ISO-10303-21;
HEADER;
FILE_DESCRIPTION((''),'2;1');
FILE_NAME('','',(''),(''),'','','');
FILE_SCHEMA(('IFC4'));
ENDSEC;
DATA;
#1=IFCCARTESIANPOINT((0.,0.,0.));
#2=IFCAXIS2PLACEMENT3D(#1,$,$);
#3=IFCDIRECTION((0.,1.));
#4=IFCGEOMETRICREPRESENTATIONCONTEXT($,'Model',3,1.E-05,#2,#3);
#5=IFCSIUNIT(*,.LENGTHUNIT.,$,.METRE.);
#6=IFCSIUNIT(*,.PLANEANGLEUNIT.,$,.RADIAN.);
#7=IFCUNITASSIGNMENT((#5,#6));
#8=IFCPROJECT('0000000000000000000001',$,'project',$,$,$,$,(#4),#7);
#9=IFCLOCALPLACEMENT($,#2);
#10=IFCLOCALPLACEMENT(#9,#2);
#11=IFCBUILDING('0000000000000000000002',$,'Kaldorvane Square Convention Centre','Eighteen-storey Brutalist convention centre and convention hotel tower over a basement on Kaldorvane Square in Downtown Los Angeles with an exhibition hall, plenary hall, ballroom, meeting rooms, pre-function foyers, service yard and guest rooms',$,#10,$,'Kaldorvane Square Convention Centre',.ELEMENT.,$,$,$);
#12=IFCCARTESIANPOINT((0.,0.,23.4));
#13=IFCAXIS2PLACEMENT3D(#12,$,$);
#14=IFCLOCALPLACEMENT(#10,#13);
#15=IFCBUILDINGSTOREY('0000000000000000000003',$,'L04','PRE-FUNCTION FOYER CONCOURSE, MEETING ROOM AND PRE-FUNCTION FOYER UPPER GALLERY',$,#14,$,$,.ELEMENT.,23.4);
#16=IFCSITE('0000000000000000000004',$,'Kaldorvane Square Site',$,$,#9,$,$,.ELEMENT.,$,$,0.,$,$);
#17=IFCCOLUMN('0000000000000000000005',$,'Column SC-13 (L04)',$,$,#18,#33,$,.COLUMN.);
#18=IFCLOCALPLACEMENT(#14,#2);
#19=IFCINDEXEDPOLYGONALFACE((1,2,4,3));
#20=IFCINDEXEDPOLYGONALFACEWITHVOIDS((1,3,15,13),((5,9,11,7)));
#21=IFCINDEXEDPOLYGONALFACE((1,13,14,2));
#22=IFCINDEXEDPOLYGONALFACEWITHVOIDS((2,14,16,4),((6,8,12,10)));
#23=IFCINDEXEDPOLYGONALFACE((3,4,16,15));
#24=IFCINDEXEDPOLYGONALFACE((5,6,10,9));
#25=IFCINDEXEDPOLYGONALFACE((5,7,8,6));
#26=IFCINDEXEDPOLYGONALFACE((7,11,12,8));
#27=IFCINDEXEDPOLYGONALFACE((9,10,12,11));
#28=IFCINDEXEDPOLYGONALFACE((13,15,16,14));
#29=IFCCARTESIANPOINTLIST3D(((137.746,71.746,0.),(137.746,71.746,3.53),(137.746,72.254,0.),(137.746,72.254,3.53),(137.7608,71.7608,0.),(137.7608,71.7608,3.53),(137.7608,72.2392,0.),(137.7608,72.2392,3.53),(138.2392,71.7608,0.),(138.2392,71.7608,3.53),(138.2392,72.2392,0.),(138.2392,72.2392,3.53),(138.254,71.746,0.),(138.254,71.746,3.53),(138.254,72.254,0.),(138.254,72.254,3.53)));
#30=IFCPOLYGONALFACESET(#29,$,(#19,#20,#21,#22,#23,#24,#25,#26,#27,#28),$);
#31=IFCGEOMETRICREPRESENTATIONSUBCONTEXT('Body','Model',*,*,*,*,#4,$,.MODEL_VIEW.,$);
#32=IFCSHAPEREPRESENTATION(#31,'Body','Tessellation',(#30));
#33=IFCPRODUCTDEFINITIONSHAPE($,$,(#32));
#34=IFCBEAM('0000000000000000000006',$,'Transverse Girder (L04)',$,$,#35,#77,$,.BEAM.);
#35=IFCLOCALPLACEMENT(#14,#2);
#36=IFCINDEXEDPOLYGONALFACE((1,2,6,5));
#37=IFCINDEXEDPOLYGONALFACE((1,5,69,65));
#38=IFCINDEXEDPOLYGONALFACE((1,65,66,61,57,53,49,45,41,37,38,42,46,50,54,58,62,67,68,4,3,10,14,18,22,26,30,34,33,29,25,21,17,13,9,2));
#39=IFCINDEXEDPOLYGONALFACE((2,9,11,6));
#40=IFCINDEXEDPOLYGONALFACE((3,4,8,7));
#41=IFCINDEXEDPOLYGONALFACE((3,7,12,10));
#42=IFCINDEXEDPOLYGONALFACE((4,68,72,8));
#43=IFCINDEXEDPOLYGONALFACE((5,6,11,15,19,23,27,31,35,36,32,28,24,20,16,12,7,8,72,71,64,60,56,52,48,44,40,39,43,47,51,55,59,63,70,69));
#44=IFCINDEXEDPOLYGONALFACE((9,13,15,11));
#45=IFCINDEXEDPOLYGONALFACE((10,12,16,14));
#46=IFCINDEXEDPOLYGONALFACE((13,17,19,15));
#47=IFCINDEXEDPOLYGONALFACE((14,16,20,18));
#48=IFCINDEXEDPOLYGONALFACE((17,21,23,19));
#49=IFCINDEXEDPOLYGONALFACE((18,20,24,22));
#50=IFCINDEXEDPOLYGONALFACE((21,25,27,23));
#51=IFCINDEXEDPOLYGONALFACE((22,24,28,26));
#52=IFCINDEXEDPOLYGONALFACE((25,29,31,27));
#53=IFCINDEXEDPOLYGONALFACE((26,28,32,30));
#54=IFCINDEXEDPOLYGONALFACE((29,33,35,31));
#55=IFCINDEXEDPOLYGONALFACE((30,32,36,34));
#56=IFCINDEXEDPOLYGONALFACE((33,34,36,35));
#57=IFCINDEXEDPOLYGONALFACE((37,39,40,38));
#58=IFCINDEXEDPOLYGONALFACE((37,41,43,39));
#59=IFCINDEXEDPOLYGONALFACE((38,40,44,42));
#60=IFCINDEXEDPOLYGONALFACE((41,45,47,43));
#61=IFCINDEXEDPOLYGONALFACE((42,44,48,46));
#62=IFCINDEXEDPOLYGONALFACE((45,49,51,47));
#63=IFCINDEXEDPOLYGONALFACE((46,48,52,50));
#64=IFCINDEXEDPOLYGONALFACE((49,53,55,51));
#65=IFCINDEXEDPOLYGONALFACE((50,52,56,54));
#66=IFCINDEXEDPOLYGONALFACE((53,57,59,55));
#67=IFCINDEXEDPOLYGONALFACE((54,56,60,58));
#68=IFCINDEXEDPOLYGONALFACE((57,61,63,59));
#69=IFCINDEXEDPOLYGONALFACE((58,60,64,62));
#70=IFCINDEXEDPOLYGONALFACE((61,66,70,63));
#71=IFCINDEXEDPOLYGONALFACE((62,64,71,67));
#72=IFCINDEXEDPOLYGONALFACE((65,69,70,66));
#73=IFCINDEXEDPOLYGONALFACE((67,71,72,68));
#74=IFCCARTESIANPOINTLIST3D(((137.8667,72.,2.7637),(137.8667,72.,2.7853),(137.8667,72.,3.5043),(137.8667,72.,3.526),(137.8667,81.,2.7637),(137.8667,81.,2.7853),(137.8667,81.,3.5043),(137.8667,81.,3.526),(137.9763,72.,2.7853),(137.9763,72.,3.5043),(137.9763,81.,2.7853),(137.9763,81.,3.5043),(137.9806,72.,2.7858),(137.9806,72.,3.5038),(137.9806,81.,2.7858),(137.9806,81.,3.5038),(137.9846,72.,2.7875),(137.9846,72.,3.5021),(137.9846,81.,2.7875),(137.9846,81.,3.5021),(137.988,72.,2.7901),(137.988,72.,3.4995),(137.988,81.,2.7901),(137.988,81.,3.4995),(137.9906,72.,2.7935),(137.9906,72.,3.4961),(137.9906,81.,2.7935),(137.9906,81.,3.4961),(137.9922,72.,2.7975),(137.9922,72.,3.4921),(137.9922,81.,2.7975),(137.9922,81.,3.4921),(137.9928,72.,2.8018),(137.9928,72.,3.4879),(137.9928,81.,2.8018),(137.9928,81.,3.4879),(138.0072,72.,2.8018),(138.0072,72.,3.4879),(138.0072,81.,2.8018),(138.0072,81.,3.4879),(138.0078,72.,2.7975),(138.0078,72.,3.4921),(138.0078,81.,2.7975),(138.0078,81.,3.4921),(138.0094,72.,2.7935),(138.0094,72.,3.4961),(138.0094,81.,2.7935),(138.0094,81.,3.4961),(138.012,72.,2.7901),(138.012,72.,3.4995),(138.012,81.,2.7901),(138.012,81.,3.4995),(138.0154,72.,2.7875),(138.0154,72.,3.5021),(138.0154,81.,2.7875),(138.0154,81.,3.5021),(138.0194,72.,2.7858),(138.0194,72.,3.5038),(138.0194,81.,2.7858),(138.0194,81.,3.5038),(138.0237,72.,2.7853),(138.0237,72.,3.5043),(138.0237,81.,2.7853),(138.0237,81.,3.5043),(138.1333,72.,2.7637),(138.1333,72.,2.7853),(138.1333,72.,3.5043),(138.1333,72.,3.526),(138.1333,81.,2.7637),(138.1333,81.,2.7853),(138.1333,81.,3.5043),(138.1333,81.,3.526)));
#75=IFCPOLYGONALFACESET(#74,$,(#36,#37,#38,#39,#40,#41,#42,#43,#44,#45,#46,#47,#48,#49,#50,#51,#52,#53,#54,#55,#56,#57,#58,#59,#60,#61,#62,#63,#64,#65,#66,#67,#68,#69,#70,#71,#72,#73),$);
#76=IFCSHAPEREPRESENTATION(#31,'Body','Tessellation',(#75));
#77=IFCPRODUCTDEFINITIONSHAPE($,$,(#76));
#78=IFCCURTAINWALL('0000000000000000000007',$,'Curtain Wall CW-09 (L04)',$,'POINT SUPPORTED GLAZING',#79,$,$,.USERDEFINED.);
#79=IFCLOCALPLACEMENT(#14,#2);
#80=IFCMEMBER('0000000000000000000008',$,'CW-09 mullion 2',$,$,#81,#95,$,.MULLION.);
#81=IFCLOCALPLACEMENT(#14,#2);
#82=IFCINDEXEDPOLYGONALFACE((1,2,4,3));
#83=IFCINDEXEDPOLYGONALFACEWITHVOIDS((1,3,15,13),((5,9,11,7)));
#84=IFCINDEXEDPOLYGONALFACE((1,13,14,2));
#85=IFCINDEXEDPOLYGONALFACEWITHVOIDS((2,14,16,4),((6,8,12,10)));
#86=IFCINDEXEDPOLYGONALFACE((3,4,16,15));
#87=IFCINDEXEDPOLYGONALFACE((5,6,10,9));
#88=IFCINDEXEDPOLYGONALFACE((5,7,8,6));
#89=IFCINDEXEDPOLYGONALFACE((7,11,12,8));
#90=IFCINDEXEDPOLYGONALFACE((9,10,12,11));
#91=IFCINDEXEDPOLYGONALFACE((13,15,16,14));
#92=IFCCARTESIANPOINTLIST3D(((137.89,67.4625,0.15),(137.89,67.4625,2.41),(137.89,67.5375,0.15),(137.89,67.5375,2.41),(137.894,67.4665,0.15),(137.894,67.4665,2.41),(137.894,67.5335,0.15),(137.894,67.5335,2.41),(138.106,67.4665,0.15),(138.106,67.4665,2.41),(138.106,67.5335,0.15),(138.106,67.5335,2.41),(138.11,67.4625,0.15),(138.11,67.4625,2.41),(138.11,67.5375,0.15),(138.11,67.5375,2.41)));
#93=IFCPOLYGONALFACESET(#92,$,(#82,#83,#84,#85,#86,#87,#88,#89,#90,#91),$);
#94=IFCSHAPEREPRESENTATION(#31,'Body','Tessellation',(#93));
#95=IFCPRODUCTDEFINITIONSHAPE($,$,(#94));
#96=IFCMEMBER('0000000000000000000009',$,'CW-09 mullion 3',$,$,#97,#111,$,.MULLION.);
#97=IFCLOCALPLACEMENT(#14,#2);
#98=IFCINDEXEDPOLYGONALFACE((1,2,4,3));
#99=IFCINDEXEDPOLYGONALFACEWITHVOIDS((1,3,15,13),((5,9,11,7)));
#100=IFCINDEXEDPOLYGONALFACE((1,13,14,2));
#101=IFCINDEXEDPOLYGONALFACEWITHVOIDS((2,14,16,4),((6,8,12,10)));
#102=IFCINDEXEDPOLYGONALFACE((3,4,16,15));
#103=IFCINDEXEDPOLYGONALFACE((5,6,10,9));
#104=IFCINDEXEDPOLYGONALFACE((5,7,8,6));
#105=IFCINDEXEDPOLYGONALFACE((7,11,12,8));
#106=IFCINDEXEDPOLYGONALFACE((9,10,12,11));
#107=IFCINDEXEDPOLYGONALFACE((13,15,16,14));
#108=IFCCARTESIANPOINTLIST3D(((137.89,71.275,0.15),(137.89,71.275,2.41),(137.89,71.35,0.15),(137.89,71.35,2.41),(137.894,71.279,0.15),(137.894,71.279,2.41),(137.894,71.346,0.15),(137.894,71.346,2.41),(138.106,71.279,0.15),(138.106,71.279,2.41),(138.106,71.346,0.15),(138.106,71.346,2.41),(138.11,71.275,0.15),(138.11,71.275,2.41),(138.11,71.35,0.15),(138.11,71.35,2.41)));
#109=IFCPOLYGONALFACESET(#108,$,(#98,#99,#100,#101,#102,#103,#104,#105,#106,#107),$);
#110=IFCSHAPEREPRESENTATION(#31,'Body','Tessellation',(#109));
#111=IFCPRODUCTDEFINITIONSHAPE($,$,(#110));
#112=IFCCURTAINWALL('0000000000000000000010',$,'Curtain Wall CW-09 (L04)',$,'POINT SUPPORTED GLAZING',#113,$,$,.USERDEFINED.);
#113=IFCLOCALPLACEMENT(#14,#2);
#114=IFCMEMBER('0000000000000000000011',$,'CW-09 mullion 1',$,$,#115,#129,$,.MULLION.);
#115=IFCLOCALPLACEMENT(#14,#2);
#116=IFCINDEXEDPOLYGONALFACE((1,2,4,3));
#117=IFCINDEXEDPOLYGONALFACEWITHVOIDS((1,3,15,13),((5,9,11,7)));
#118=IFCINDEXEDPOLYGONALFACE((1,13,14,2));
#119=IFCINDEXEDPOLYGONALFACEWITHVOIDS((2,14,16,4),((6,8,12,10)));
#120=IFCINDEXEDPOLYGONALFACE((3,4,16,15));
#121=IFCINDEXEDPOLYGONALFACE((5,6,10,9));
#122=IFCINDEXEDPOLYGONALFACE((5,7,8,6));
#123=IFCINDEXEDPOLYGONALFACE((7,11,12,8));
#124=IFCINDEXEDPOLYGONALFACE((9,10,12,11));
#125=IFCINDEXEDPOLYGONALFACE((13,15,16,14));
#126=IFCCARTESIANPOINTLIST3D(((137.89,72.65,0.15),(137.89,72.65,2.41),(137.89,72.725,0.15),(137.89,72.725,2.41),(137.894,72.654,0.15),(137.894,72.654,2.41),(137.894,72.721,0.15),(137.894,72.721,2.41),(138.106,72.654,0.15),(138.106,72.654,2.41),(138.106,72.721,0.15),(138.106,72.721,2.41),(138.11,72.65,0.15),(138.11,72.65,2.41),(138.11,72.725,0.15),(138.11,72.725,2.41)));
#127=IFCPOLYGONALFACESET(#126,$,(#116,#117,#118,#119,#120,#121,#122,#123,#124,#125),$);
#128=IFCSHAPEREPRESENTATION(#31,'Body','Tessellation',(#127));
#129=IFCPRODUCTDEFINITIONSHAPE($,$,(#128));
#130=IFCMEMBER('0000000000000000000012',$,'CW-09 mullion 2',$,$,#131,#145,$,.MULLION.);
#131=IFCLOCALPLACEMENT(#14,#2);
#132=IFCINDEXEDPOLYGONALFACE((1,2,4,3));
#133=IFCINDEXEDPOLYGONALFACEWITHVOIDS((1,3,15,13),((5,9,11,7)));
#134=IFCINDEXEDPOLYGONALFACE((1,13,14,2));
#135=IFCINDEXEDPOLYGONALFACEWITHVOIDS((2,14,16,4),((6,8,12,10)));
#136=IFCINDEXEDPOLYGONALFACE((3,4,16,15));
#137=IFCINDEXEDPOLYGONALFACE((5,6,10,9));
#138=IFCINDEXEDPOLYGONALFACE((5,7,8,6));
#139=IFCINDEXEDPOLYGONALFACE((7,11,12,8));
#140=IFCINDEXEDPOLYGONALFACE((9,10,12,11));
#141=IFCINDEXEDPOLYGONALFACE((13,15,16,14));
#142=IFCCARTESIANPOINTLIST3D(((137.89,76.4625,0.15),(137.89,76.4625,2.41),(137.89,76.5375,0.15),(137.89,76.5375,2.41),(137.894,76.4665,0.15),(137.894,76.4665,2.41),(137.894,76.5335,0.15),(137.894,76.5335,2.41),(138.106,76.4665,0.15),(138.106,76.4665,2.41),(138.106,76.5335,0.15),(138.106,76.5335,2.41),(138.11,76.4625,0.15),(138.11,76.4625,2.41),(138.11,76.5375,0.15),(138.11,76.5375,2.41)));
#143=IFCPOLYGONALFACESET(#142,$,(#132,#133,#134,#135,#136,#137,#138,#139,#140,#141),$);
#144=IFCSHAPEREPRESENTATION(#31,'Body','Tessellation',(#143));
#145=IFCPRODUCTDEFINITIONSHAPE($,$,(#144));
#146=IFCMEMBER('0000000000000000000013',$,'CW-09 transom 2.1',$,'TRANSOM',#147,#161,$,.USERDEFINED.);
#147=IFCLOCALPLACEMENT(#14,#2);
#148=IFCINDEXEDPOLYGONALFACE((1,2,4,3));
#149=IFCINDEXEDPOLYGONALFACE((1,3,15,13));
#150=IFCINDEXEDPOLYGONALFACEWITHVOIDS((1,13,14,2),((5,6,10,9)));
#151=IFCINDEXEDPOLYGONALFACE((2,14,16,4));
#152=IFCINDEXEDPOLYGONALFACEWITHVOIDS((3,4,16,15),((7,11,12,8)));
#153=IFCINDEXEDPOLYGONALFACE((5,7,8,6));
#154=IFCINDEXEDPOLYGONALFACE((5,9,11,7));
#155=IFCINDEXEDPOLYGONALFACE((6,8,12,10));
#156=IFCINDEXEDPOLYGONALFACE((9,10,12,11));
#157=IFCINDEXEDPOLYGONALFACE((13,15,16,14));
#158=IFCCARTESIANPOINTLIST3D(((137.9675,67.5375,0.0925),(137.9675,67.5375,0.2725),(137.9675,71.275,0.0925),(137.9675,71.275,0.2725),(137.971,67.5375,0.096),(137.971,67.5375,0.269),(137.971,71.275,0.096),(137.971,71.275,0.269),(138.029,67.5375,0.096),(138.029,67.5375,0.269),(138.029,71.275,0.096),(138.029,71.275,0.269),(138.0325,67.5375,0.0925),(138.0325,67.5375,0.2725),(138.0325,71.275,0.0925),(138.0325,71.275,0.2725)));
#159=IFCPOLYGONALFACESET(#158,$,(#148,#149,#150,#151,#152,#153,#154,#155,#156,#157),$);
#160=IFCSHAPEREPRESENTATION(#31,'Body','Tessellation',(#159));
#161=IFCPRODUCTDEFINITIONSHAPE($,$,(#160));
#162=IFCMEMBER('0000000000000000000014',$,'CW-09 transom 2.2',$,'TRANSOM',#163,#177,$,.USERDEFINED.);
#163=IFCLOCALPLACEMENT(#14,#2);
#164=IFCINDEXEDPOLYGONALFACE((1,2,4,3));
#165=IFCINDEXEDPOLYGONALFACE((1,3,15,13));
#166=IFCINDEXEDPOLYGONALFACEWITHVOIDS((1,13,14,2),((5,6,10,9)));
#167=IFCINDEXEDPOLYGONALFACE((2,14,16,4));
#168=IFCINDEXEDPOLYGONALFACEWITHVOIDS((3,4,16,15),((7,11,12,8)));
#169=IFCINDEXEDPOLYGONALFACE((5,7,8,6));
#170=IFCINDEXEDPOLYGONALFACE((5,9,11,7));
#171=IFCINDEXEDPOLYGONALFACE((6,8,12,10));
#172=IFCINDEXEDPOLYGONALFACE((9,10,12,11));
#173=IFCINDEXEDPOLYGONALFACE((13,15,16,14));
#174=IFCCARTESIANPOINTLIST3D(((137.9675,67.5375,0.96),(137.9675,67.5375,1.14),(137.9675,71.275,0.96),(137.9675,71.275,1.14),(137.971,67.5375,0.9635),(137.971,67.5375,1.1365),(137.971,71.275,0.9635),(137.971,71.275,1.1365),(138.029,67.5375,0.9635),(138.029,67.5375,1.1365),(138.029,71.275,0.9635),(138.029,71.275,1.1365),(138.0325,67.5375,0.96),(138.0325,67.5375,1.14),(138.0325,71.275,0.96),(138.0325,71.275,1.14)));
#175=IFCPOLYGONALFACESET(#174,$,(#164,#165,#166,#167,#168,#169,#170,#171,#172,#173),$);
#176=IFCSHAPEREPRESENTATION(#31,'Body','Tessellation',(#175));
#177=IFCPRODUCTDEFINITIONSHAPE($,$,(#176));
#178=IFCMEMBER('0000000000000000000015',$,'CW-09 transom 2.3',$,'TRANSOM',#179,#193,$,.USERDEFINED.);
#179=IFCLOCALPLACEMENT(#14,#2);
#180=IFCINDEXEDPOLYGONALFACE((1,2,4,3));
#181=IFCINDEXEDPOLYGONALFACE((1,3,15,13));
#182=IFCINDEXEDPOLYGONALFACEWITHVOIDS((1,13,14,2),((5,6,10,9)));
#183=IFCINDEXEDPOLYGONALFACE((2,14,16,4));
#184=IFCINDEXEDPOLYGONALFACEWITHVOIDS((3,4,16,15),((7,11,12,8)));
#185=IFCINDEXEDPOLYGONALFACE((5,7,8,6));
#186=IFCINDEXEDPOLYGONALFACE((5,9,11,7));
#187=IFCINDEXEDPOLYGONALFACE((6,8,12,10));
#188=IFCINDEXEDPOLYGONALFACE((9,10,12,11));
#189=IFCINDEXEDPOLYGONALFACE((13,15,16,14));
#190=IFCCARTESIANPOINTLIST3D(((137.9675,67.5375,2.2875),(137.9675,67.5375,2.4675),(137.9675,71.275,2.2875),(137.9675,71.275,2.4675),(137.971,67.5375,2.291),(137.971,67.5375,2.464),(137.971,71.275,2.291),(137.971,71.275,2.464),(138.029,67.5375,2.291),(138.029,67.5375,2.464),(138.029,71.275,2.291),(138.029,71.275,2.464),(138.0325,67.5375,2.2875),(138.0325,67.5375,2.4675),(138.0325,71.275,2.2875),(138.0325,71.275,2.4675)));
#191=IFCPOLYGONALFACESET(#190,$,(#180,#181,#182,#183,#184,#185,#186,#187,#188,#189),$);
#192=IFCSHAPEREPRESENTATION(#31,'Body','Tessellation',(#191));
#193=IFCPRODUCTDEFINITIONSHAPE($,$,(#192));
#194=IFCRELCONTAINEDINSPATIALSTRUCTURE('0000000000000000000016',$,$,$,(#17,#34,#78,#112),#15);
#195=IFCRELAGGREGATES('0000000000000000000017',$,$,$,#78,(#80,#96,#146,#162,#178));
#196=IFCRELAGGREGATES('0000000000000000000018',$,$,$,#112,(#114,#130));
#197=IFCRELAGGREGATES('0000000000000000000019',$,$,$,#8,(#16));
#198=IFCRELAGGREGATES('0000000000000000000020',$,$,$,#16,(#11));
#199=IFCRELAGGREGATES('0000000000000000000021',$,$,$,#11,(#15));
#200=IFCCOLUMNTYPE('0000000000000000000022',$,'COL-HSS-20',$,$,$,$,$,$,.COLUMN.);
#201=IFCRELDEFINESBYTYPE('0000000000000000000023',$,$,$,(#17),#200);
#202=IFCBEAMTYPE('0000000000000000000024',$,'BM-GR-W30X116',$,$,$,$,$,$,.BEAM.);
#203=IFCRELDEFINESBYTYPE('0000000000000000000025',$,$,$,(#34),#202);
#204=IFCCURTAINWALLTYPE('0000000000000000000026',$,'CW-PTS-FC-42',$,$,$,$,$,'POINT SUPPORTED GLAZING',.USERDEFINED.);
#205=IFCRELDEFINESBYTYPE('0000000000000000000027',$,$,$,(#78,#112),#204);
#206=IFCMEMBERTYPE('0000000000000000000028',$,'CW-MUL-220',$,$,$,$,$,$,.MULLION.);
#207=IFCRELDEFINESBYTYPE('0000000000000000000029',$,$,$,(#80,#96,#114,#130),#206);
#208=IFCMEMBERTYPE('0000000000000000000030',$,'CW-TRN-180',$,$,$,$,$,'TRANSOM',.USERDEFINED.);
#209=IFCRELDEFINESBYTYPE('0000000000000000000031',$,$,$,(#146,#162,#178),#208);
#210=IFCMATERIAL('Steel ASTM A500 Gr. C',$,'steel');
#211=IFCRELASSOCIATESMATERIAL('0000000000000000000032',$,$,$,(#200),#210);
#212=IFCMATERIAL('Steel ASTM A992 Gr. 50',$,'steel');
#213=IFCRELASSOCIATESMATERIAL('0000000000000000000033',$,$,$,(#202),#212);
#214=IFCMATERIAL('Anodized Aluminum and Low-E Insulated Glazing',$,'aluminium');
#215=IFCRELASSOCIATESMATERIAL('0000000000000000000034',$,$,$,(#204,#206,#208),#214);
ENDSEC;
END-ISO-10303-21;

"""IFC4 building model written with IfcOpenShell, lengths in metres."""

from ifc_helpers import new_model, si_unit, direction, frame, origin, origin_2d, place, context, subcontext, project, spatial, hollow_rectangle, i_section, extrude, material, material_profile, profile_set, type_object, element, aggregate, save


model = new_model("IFC4")

# Units and contexts
model_context = context("Model", 3, precision=1e-05, world=origin(), true_north=direction((0.0, 1.0)))
body_context = subcontext(model_context, "Body", "Model", "MODEL_VIEW")
ifc_project = project(units=[si_unit("LENGTHUNIT", "METRE"), si_unit("PLANEANGLEUNIT", "RADIAN")], contexts=[model_context])

# Site, building, storey
site_placement = place(None, origin())
site = spatial("IfcSite", under=ifc_project, at=site_placement, Name="Kaldorvane Square Site", CompositionType="ELEMENT", RefElevation=0.0)
building_placement = place(site_placement, origin())
building = spatial("IfcBuilding", under=site, at=building_placement, Name="Kaldorvane Square Convention Centre", Description="Eighteen-storey Brutalist convention centre and convention hotel tower over a basement on Kaldorvane Square in Downtown Los Angeles with an exhibition hall, plenary hall, ballroom, meeting rooms, pre-function foyers, service yard and guest rooms", LongName="Kaldorvane Square Convention Centre", CompositionType="ELEMENT")
storey_placement = place(building_placement, frame((0.0, 0.0, 23.4)))
storey = spatial("IfcBuildingStorey", under=building, at=storey_placement, Name="L04", Description="PRE-FUNCTION FOYER CONCOURSE, MEETING ROOM AND PRE-FUNCTION FOYER UPPER GALLERY", CompositionType="ELEMENT", Elevation=23.4)

# Column
ifc_material_1 = material(Name="Steel ASTM A500 Gr. C", Category="steel")
ifc_material_profile_1 = material_profile(ifc_material_1, hollow_rectangle(XDim=0.508, YDim=0.508, WallThickness=0.0148, at=origin_2d()), Name="HSS20X20X5/8")
ifc_profile_set_1 = profile_set([ifc_material_profile_1], Name="Steel ASTM A500 Gr. C")
column_type = type_object("IfcColumnType", Name="COL-HSS-20", PredefinedType="COLUMN", material=ifc_profile_set_1)
column_placement = place(storey_placement, frame((138.0, 72.0, 0.0), z_axis=(0.0, 0.0, 1.0), x_axis=(1.0, 0.0, 0.0)))
element("IfcColumn", 1, at=column_placement, inside=storey, type_object=column_type, Name="Column SC-13 (L04)", PredefinedType="COLUMN", context=body_context, shape_type="SweptSolid", body=[
    extrude(hollow_rectangle(XDim=0.508, YDim=0.508, WallThickness=0.0148, at=origin_2d()), origin(), (0.0, 0.0, 1.0), 3.53),
])

# Beam
ifc_material_2 = material(Name="Steel ASTM A992 Gr. 50", Category="steel")
ifc_material_profile_2 = material_profile(ifc_material_2, i_section(OverallWidth=0.2666, OverallDepth=0.7623, WebThickness=0.0144, FlangeThickness=0.0216, FilletRadius=0.0165, at=origin_2d()), Name="W30X116")
ifc_profile_set_2 = profile_set([ifc_material_profile_2], Name="Steel ASTM A992 Gr. 50")
beam_type = type_object("IfcBeamType", Name="BM-GR-W30X116", PredefinedType="BEAM", material=ifc_profile_set_2)
beam_placement = place(storey_placement, frame((138.0, 72.0, 3.1448), z_axis=(0.0, 1.0, 0.0), x_axis=(-1.0, 0.0, 0.0)))
element("IfcBeam", 2, at=beam_placement, inside=storey, type_object=beam_type, Name="Transverse Girder (L04)", PredefinedType="BEAM", context=body_context, shape_type="SweptSolid", body=[
    extrude(i_section(OverallWidth=0.2666, OverallDepth=0.7623, WebThickness=0.0144, FlangeThickness=0.0216, FilletRadius=0.0165, at=origin_2d()), origin(), (0.0, 0.0, 1.0), 9.0),
])

# Curtain walls, members
ifc_material_3 = material(Name="Anodized Aluminum and Low-E Insulated Glazing", Category="aluminium")
curtain_wall_type = type_object("IfcCurtainWallType", Name="CW-PTS-FC-42", ElementType="POINT SUPPORTED GLAZING", PredefinedType="USERDEFINED", material=ifc_material_3)
curtain_wall_1_placement = place(storey_placement, origin())
curtain_wall_1 = element("IfcCurtainWall", 3, at=curtain_wall_1_placement, inside=storey, type_object=curtain_wall_type, Name="Curtain Wall CW-09 (L04)", ObjectType="POINT SUPPORTED GLAZING", PredefinedType="USERDEFINED")
ifc_material_profile_3 = material_profile(ifc_material_3, hollow_rectangle(XDim=0.075, YDim=0.22, WallThickness=0.004, at=origin_2d()), Name="CWM-220X75")
ifc_profile_set_3 = profile_set([ifc_material_profile_3], Name="Anodized Aluminum and Low-E Insulated Glazing")
member_type_1 = type_object("IfcMemberType", Name="CW-MUL-220", PredefinedType="MULLION", material=ifc_profile_set_3)
member_1_placement = place(storey_placement, frame((138.0, 67.5, 0.15), z_axis=(0.0, 0.0, 1.0), x_axis=(0.0, 1.0, 0.0)))
member_1 = element("IfcMember", 4, at=member_1_placement, type_object=member_type_1, Name="CW-09 mullion 2", PredefinedType="MULLION", context=body_context, shape_type="SweptSolid", body=[
    extrude(hollow_rectangle(XDim=0.075, YDim=0.22, WallThickness=0.004, at=origin_2d()), origin(), (0.0, 0.0, 1.0), 2.26),
])
member_2_placement = place(storey_placement, frame((138.0, 71.3125, 0.15), z_axis=(0.0, 0.0, 1.0), x_axis=(0.0, 1.0, 0.0)))
member_2 = element("IfcMember", 5, at=member_2_placement, type_object=member_type_1, Name="CW-09 mullion 3", PredefinedType="MULLION", context=body_context, shape_type="SweptSolid", body=[
    extrude(hollow_rectangle(XDim=0.075, YDim=0.22, WallThickness=0.004, at=origin_2d()), origin(), (0.0, 0.0, 1.0), 2.26),
])
curtain_wall_2_placement = place(storey_placement, origin())
curtain_wall_2 = element("IfcCurtainWall", 6, at=curtain_wall_2_placement, inside=storey, type_object=curtain_wall_type, Name="Curtain Wall CW-09 (L04)", ObjectType="POINT SUPPORTED GLAZING", PredefinedType="USERDEFINED")
member_3_placement = place(storey_placement, frame((138.0, 72.6875, 0.15), z_axis=(0.0, 0.0, 1.0), x_axis=(0.0, 1.0, 0.0)))
member_3 = element("IfcMember", 7, at=member_3_placement, type_object=member_type_1, Name="CW-09 mullion 1", PredefinedType="MULLION", context=body_context, shape_type="SweptSolid", body=[
    extrude(hollow_rectangle(XDim=0.075, YDim=0.22, WallThickness=0.004, at=origin_2d()), origin(), (0.0, 0.0, 1.0), 2.26),
])
member_4_placement = place(storey_placement, frame((138.0, 76.5, 0.15), z_axis=(0.0, 0.0, 1.0), x_axis=(0.0, 1.0, 0.0)))
member_4 = element("IfcMember", 8, at=member_4_placement, type_object=member_type_1, Name="CW-09 mullion 2", PredefinedType="MULLION", context=body_context, shape_type="SweptSolid", body=[
    extrude(hollow_rectangle(XDim=0.075, YDim=0.22, WallThickness=0.004, at=origin_2d()), origin(), (0.0, 0.0, 1.0), 2.26),
])

# Members
ifc_material_profile_4 = material_profile(ifc_material_3, hollow_rectangle(XDim=0.065, YDim=0.18, WallThickness=0.0035, at=origin_2d()), Name="CWT-180X65")
ifc_profile_set_4 = profile_set([ifc_material_profile_4], Name="Anodized Aluminum and Low-E Insulated Glazing")
member_type_2 = type_object("IfcMemberType", Name="CW-TRN-180", ElementType="TRANSOM", PredefinedType="USERDEFINED", material=ifc_profile_set_4)
member_5_placement = place(storey_placement, frame((138.0, 67.5375, 0.1825), z_axis=(0.0, 1.0, 0.0), x_axis=(-1.0, 0.0, 0.0)))
member_5 = element("IfcMember", 9, at=member_5_placement, type_object=member_type_2, Name="CW-09 transom 2.1", ObjectType="TRANSOM", PredefinedType="USERDEFINED", context=body_context, shape_type="SweptSolid", body=[
    extrude(hollow_rectangle(XDim=0.065, YDim=0.18, WallThickness=0.0035, at=origin_2d()), origin(), (0.0, 0.0, 1.0), 3.7375),
])
member_6_placement = place(storey_placement, frame((138.0, 67.5375, 1.05), z_axis=(0.0, 1.0, 0.0), x_axis=(-1.0, 0.0, 0.0)))
member_6 = element("IfcMember", 10, at=member_6_placement, type_object=member_type_2, Name="CW-09 transom 2.2", ObjectType="TRANSOM", PredefinedType="USERDEFINED", context=body_context, shape_type="SweptSolid", body=[
    extrude(hollow_rectangle(XDim=0.065, YDim=0.18, WallThickness=0.0035, at=origin_2d()), origin(), (0.0, 0.0, 1.0), 3.7375),
])
member_7_placement = place(storey_placement, frame((138.0, 67.5375, 2.3775), z_axis=(0.0, 1.0, 0.0), x_axis=(-1.0, 0.0, 0.0)))
member_7 = element("IfcMember", 11, at=member_7_placement, type_object=member_type_2, Name="CW-09 transom 2.3", ObjectType="TRANSOM", PredefinedType="USERDEFINED", context=body_context, shape_type="SweptSolid", body=[
    extrude(hollow_rectangle(XDim=0.065, YDim=0.18, WallThickness=0.0035, at=origin_2d()), origin(), (0.0, 0.0, 1.0), 3.7375),
])

aggregate(curtain_wall_1, [member_1, member_2, member_5, member_6, member_7])
aggregate(curtain_wall_2, [member_3, member_4])

save(model, "model.ifc")
